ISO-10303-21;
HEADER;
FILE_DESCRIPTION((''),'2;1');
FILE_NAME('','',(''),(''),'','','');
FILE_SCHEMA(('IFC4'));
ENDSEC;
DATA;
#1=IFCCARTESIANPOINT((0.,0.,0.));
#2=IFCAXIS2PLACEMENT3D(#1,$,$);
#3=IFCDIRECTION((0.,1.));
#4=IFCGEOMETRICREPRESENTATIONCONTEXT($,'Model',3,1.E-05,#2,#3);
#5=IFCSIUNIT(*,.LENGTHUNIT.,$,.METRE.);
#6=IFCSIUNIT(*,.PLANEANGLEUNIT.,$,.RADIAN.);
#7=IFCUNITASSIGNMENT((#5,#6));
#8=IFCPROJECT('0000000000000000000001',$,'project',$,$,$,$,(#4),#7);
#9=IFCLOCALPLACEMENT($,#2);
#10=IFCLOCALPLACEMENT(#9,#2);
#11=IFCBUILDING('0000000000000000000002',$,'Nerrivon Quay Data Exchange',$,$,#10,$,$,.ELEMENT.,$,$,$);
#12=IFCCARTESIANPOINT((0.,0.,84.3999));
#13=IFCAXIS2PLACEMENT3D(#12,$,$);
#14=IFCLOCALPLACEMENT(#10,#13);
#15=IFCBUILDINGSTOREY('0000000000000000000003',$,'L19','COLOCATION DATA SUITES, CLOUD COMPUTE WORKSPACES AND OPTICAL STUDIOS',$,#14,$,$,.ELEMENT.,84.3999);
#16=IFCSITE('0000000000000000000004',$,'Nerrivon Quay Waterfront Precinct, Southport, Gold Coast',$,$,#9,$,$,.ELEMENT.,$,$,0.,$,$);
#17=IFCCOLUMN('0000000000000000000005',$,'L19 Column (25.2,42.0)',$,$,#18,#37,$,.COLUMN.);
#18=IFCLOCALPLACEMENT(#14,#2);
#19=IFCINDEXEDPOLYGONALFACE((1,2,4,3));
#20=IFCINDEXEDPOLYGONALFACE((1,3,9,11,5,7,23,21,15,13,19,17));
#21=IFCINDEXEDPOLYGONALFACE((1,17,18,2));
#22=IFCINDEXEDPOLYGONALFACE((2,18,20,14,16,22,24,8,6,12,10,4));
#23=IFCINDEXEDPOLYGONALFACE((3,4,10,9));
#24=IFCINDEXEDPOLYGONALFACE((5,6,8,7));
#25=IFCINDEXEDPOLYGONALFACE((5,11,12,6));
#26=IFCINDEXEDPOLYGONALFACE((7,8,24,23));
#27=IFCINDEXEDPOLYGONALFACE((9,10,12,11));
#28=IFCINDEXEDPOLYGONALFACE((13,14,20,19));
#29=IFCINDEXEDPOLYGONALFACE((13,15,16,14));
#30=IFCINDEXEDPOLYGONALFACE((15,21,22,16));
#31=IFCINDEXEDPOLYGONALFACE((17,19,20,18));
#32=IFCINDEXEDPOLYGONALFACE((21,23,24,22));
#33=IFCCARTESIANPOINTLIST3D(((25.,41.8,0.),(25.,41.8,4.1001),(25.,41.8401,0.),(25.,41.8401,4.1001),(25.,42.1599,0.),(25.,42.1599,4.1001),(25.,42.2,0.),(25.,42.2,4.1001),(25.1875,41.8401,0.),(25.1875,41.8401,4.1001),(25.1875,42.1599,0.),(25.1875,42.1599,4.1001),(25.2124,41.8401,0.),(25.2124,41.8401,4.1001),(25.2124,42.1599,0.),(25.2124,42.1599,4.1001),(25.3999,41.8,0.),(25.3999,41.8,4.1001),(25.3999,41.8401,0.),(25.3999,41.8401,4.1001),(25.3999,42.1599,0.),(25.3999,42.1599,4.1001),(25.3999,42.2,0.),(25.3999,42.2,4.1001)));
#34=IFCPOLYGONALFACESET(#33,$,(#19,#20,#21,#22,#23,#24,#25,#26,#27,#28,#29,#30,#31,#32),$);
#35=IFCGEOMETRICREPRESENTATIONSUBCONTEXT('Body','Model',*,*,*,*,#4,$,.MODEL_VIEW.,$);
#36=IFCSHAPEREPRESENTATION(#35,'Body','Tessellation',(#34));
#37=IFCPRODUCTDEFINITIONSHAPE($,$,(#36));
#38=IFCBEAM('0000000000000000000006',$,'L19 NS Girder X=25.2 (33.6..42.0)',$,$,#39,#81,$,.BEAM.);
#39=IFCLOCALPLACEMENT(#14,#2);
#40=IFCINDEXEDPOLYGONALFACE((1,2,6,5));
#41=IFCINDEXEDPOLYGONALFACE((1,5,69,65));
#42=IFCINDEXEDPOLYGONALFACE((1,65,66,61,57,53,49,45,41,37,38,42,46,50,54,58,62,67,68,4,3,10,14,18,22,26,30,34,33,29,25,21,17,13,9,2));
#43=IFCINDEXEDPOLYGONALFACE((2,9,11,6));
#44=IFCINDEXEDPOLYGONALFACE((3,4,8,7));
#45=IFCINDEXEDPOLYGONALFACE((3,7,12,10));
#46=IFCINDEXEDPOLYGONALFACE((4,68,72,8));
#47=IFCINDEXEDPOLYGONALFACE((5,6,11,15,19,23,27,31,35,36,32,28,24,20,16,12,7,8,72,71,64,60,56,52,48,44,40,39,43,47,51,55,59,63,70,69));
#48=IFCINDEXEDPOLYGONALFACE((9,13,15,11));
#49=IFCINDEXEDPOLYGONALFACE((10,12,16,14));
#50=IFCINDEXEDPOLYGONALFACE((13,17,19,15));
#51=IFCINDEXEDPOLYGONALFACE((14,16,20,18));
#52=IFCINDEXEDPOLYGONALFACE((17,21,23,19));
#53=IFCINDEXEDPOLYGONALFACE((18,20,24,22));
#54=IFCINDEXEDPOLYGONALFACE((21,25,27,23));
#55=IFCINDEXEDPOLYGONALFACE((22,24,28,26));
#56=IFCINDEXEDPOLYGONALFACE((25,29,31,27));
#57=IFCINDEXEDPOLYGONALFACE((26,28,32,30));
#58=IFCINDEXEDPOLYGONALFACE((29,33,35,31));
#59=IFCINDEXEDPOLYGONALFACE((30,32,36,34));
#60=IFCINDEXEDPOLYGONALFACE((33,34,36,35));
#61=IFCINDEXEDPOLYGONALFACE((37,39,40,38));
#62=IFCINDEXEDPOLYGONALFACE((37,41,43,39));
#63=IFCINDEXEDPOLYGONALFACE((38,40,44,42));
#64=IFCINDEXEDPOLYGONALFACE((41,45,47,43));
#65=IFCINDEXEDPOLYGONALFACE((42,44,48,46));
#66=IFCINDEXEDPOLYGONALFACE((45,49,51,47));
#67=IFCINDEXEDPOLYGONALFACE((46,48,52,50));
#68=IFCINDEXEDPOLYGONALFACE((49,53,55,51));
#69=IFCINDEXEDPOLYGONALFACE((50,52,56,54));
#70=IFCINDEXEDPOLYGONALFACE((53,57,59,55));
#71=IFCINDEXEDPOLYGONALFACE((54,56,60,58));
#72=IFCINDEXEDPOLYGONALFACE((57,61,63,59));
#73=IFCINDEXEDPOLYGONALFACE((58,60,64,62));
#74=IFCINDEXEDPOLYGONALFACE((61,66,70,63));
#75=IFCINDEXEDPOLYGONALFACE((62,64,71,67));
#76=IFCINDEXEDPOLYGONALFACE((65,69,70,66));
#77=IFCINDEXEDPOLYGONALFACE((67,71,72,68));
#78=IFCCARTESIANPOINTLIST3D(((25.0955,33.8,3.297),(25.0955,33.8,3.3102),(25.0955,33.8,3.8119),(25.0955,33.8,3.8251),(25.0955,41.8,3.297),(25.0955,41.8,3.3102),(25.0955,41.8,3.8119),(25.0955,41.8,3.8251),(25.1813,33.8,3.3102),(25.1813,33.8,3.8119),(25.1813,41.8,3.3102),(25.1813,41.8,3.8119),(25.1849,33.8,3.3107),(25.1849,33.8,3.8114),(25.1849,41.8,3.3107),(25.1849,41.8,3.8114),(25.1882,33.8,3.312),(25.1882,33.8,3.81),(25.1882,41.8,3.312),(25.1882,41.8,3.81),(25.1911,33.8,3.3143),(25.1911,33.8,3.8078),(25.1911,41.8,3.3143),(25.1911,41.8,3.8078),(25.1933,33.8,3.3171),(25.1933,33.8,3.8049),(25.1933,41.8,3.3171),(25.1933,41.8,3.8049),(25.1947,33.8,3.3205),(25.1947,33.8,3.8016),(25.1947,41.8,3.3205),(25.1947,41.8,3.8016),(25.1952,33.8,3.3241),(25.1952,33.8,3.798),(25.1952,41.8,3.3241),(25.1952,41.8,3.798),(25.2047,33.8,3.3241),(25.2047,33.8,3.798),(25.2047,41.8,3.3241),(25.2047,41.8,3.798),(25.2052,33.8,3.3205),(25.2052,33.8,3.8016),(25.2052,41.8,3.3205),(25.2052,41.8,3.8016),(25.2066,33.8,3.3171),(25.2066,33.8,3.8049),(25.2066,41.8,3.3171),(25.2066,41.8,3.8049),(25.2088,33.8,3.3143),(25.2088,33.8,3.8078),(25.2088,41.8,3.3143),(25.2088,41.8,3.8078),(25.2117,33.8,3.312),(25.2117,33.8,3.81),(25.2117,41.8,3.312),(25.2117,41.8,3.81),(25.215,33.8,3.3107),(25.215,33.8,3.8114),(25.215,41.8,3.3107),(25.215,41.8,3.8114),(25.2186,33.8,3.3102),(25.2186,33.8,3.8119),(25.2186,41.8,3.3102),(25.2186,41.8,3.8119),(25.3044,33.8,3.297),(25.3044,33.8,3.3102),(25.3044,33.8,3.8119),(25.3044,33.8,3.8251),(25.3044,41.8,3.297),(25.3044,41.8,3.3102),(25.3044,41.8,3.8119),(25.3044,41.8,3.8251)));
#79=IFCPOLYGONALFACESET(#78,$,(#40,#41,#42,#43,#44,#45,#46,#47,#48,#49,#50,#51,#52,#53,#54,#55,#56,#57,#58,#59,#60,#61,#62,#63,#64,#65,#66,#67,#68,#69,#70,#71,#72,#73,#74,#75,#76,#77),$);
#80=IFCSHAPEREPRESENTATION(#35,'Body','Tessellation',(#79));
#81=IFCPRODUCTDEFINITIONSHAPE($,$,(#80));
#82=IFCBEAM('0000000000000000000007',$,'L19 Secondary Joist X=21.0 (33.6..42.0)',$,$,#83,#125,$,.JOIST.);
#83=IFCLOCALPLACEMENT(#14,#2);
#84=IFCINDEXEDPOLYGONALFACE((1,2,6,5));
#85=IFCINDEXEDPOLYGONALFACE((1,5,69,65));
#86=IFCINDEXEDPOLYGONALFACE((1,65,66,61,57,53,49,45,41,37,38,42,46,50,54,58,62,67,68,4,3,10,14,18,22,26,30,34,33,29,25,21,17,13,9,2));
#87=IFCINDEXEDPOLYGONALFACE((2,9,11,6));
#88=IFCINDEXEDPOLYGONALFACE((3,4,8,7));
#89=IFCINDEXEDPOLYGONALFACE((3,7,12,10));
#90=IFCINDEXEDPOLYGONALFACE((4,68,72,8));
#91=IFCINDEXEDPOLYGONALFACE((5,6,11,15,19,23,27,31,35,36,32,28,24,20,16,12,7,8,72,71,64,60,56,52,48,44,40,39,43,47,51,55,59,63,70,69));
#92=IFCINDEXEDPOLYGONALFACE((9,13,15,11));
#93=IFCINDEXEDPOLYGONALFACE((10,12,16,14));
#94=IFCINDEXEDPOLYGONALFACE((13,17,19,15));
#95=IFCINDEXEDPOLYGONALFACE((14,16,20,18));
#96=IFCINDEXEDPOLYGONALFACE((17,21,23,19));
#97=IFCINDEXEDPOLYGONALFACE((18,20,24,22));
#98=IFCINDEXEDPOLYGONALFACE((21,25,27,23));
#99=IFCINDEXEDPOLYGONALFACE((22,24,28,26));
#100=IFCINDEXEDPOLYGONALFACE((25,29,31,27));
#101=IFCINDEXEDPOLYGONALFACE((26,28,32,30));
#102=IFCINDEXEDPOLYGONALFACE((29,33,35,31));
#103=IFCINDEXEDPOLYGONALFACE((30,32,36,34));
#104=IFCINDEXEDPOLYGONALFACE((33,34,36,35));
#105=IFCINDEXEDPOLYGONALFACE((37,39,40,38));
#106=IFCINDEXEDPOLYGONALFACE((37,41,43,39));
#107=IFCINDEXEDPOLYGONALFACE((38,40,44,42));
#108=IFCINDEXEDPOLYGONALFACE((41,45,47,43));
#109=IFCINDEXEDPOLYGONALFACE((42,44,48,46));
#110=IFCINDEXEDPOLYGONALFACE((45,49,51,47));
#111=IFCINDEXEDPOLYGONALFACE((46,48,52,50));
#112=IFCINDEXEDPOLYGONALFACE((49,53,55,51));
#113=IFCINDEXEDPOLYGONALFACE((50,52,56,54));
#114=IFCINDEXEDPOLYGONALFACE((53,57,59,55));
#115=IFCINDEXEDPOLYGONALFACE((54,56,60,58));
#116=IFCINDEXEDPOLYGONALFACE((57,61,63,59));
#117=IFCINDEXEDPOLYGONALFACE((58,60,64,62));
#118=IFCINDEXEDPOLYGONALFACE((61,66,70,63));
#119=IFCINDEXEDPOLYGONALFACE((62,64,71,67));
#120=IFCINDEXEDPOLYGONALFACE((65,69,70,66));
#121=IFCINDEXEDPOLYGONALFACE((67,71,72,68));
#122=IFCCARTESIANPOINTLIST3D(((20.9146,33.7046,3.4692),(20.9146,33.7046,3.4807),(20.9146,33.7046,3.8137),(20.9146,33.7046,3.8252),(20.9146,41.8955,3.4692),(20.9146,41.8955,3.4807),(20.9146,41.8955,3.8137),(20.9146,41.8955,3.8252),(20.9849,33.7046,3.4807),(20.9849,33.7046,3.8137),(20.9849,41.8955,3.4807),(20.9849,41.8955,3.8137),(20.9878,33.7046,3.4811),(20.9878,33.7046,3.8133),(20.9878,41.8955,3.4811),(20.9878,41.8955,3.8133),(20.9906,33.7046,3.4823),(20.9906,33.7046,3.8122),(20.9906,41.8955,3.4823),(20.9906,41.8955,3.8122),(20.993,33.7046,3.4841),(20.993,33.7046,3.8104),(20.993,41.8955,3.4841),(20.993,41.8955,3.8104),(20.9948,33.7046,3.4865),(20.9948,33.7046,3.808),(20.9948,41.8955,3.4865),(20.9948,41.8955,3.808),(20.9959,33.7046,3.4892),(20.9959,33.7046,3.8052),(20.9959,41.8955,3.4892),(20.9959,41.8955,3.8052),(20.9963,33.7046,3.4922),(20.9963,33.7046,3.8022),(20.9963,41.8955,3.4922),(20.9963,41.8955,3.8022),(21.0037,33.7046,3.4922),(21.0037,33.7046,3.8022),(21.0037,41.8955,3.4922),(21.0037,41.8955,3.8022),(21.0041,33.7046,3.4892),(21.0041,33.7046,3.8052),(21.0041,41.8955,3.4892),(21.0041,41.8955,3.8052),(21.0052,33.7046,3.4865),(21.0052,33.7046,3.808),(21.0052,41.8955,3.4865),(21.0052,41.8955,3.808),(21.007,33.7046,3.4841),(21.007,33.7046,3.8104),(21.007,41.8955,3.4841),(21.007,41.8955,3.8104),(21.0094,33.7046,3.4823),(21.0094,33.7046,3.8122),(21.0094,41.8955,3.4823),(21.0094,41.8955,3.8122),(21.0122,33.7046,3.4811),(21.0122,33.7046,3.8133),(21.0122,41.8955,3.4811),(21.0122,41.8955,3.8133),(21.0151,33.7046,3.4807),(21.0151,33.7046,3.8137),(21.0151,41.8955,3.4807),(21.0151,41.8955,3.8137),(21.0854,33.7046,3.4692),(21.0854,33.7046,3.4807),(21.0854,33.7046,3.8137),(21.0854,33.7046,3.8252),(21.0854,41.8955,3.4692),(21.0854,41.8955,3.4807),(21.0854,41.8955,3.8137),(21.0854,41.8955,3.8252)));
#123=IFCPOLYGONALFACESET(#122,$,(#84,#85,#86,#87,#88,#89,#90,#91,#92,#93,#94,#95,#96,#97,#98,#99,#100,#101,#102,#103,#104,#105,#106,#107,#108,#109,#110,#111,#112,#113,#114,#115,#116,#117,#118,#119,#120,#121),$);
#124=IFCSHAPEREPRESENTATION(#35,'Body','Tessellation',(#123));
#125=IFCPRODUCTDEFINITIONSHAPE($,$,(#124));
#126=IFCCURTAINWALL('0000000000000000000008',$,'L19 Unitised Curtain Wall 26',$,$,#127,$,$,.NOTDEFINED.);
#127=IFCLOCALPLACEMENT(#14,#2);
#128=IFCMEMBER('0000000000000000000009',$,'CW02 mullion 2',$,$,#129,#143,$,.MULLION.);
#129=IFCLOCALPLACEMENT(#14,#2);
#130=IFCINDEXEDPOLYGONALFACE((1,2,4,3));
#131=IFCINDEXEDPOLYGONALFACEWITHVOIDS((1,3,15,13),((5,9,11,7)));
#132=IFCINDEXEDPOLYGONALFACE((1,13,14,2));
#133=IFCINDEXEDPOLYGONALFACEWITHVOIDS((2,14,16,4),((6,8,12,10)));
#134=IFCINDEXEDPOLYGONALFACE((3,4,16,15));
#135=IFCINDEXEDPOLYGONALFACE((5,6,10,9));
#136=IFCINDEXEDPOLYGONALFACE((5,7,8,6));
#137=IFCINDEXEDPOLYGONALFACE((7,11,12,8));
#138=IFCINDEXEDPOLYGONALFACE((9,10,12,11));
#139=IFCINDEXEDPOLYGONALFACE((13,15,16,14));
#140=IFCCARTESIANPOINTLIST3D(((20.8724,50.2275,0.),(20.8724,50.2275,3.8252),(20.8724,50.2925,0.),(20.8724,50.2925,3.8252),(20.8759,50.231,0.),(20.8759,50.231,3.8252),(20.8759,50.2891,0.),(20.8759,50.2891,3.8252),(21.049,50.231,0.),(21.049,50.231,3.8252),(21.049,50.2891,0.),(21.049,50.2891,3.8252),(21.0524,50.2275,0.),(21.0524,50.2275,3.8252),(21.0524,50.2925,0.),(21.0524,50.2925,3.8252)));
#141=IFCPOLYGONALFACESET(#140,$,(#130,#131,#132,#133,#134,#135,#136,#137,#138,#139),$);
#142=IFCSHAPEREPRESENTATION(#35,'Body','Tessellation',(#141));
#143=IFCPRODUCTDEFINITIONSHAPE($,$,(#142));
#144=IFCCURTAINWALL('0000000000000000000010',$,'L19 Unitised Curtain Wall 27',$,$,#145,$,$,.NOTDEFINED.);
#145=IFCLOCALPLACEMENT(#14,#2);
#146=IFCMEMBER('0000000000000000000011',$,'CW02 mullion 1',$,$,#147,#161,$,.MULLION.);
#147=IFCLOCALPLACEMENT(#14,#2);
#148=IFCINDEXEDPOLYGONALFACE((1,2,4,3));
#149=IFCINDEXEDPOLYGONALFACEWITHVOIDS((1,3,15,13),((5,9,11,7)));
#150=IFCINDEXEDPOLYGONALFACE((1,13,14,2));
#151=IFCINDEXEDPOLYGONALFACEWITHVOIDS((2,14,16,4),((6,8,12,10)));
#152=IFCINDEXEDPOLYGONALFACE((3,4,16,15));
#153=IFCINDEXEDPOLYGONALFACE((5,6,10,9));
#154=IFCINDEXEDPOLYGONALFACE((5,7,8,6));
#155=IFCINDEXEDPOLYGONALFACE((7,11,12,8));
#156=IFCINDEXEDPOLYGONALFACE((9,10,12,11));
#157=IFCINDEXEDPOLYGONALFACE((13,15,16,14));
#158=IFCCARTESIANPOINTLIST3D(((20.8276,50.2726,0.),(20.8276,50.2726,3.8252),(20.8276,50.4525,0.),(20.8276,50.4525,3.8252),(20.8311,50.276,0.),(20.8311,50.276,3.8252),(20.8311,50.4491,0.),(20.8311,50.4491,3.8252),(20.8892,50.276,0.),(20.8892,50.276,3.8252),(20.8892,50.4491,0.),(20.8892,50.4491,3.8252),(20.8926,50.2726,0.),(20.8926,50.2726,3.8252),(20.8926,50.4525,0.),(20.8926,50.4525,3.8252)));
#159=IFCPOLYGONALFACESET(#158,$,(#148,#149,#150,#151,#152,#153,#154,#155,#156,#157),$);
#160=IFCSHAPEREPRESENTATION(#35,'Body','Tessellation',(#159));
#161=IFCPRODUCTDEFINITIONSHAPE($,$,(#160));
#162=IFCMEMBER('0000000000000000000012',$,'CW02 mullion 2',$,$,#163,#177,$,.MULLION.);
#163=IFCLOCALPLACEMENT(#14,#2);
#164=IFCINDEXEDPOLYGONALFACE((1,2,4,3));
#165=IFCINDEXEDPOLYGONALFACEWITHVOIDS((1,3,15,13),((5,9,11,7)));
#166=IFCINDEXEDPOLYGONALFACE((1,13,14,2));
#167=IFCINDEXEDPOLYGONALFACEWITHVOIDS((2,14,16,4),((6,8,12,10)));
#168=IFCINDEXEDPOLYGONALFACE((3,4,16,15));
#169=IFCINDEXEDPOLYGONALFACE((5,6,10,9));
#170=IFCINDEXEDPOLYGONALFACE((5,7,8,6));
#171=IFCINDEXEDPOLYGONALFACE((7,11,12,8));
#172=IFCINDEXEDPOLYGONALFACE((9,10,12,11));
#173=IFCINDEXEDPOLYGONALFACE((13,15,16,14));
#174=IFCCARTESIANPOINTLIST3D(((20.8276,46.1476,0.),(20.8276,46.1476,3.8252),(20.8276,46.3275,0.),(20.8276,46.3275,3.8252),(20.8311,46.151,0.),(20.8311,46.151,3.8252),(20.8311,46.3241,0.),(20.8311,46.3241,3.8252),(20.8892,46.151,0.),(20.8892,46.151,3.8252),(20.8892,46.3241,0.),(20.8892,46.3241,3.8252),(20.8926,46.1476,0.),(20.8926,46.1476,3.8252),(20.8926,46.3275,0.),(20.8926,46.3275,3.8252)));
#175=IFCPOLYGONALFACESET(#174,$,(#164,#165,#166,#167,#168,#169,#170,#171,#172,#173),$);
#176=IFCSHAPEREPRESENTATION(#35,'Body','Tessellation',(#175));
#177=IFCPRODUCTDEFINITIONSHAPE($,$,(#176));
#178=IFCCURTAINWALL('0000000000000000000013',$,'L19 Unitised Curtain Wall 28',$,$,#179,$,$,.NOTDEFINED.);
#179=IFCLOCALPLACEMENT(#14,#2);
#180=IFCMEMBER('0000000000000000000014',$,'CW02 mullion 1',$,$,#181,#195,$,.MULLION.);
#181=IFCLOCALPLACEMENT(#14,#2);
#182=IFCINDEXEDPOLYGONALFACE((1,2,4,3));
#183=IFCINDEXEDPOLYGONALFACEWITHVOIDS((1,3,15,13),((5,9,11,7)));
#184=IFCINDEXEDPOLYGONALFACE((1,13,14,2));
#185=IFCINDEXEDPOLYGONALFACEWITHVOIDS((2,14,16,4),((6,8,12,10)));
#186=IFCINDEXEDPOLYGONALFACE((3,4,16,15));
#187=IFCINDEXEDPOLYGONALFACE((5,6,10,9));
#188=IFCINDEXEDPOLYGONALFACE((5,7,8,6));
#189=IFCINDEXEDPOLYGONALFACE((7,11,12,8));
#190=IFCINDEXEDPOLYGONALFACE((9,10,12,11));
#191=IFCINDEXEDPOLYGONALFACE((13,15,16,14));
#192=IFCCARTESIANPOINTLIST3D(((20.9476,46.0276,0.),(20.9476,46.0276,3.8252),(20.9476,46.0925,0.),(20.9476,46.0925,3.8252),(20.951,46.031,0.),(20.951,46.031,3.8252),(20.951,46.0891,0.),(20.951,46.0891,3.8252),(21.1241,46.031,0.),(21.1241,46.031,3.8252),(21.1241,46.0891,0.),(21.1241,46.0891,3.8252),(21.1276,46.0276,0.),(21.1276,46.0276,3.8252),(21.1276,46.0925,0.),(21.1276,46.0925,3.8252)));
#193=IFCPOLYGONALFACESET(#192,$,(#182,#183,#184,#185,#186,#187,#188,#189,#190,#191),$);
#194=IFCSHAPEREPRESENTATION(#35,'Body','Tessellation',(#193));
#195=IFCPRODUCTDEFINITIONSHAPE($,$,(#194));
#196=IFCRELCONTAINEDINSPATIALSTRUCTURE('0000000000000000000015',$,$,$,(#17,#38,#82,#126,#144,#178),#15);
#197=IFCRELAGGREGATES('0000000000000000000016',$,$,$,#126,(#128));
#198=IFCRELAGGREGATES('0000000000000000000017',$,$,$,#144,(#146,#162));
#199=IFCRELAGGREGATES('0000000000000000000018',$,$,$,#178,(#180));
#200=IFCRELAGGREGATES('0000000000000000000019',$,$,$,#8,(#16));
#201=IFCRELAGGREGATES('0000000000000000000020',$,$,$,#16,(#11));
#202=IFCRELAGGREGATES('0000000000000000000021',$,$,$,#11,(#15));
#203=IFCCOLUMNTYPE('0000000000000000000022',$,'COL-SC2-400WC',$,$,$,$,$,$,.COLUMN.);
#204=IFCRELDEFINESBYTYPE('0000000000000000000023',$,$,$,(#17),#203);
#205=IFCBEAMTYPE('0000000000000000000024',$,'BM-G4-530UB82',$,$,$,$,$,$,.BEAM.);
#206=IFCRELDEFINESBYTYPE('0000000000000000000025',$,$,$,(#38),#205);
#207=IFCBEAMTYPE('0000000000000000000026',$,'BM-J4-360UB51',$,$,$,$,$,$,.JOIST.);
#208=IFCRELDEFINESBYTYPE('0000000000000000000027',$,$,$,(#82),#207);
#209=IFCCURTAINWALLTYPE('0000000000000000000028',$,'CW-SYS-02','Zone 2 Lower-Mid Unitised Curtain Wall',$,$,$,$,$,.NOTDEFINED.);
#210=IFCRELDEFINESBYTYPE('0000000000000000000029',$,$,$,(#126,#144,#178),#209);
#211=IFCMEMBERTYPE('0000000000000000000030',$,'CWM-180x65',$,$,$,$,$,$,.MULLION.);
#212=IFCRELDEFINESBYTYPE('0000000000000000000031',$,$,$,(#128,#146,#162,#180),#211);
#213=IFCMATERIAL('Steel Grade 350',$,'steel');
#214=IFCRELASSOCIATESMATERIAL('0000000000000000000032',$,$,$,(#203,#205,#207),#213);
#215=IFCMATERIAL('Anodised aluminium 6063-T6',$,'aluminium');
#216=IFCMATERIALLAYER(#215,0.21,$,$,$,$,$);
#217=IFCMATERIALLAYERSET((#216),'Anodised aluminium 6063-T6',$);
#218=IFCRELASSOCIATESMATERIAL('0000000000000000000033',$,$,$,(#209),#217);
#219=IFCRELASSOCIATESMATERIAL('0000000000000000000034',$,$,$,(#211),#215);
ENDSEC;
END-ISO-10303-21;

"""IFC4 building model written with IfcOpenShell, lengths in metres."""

from ifc_helpers import new_model, si_unit, direction, frame, origin, origin_2d, place, context, subcontext, project, spatial, hollow_rectangle, i_section, extrude, material, layer, layer_set, material_profile, profile_set, type_object, element, aggregate, save


model = new_model("IFC4")

# Units and contexts
model_context = context("Model", 3, precision=1e-05, world=origin(), true_north=direction((0.0, 1.0)))
body_context = subcontext(model_context, "Body", "Model", "MODEL_VIEW")
ifc_project = project(units=[si_unit("LENGTHUNIT", "METRE"), si_unit("PLANEANGLEUNIT", "RADIAN")], contexts=[model_context])

# Site, building, storey
site_placement = place(None, origin())
site = spatial("IfcSite", under=ifc_project, at=site_placement, Name="Nerrivon Quay Waterfront Precinct, Southport, Gold Coast", CompositionType="ELEMENT", RefElevation=0.0)
building_placement = place(site_placement, origin())
building = spatial("IfcBuilding", under=site, at=building_placement, Name="Nerrivon Quay Data Exchange", CompositionType="ELEMENT")
storey_placement = place(building_placement, frame((0.0, 0.0, 84.3999)))
storey = spatial("IfcBuildingStorey", under=building, at=storey_placement, Name="L19", Description="COLOCATION DATA SUITES, CLOUD COMPUTE WORKSPACES AND OPTICAL STUDIOS", CompositionType="ELEMENT", Elevation=84.3999)

# Column
ifc_material_1 = material(Name="Steel Grade 350", Category="steel")
ifc_material_profile_1 = material_profile(ifc_material_1, i_section(OverallWidth=0.3999, OverallDepth=0.3999, WebThickness=0.0249, FlangeThickness=0.04, at=origin_2d()), Name="400WC328")
ifc_profile_set_1 = profile_set([ifc_material_profile_1], Name="Steel Grade 350")
column_type = type_object("IfcColumnType", Name="COL-SC2-400WC", PredefinedType="COLUMN", material=ifc_profile_set_1)
column_placement = place(storey_placement, frame((25.2, 42.0, 0.0), z_axis=(0.0, 0.0, 1.0), x_axis=(1.0, 0.0, 0.0)))
element("IfcColumn", 1, at=column_placement, inside=storey, type_object=column_type, Name="L19 Column (25.2,42.0)", PredefinedType="COLUMN", context=body_context, shape_type="SweptSolid", body=[
    extrude(i_section(OverallWidth=0.3999, OverallDepth=0.3999, WebThickness=0.0249, FlangeThickness=0.04, at=origin_2d()), origin(), (0.0, 0.0, 1.0), 4.1001),
])

# Beams
ifc_material_profile_2 = material_profile(ifc_material_1, i_section(OverallWidth=0.209, OverallDepth=0.5281, WebThickness=0.0095, FlangeThickness=0.0132, FilletRadius=0.0139, at=origin_2d()), Name="530UB82.0")
ifc_profile_set_2 = profile_set([ifc_material_profile_2], Name="Steel Grade 350")
beam_type_1 = type_object("IfcBeamType", Name="BM-G4-530UB82", PredefinedType="BEAM", material=ifc_profile_set_2)
beam_1_placement = place(storey_placement, frame((25.2, 33.8, 3.561), z_axis=(0.0, 1.0, 0.0), x_axis=(-1.0, 0.0, 0.0)))
element("IfcBeam", 2, at=beam_1_placement, inside=storey, type_object=beam_type_1, Name="L19 NS Girder X=25.2 (33.6..42.0)", PredefinedType="BEAM", context=body_context, shape_type="SweptSolid", body=[
    extrude(i_section(OverallWidth=0.209, OverallDepth=0.5281, WebThickness=0.0095, FlangeThickness=0.0132, FilletRadius=0.0139, at=origin_2d()), origin(), (0.0, 0.0, 1.0), 8.0),
])
ifc_material_profile_3 = material_profile(ifc_material_1, i_section(OverallWidth=0.1709, OverallDepth=0.356, WebThickness=0.0073, FlangeThickness=0.0115, FilletRadius=0.0115, at=origin_2d()), Name="360UB50.7")
ifc_profile_set_3 = profile_set([ifc_material_profile_3], Name="Steel Grade 350")
beam_type_2 = type_object("IfcBeamType", Name="BM-J4-360UB51", PredefinedType="JOIST", material=ifc_profile_set_3)
beam_2_placement = place(storey_placement, frame((21.0, 33.7046, 3.6472), z_axis=(0.0, 1.0, 0.0), x_axis=(-1.0, 0.0, 0.0)))
element("IfcBeam", 3, at=beam_2_placement, inside=storey, type_object=beam_type_2, Name="L19 Secondary Joist X=21.0 (33.6..42.0)", PredefinedType="JOIST", context=body_context, shape_type="SweptSolid", body=[
    extrude(i_section(OverallWidth=0.1709, OverallDepth=0.356, WebThickness=0.0073, FlangeThickness=0.0115, FilletRadius=0.0115, at=origin_2d()), origin(), (0.0, 0.0, 1.0), 8.1909),
])

# Curtain wall, member
ifc_material_2 = material(Name="Anodised aluminium 6063-T6", Category="aluminium")
ifc_layer_1 = layer(ifc_material_2, 0.21)
ifc_layer_set_1 = layer_set([ifc_layer_1], Name="Anodised aluminium 6063-T6")
curtain_wall_type = type_object("IfcCurtainWallType", Name="CW-SYS-02", Description="Zone 2 Lower-Mid Unitised Curtain Wall", PredefinedType="NOTDEFINED", material=ifc_layer_set_1)
curtain_wall_1_placement = place(storey_placement, origin())
curtain_wall_1 = element("IfcCurtainWall", 4, at=curtain_wall_1_placement, inside=storey, type_object=curtain_wall_type, Name="L19 Unitised Curtain Wall 26", PredefinedType="NOTDEFINED")
ifc_material_profile_4 = material_profile(ifc_material_2, hollow_rectangle(XDim=0.0649, YDim=0.1799, WallThickness=0.0034, at=origin_2d()), Name="ALU-MULL-180x65")
ifc_profile_set_4 = profile_set([ifc_material_profile_4], Name="Anodised aluminium 6063-T6")
member_type_1 = type_object("IfcMemberType", Name="CWM-180x65", PredefinedType="MULLION", material=ifc_profile_set_4)
member_1_placement = place(storey_placement, frame((20.9624, 50.26, 0.0), z_axis=(0.0, 0.0, 1.0), x_axis=(0.0, 1.0, 0.0)))
member_1 = element("IfcMember", 5, at=member_1_placement, type_object=member_type_1, Name="CW02 mullion 2", PredefinedType="MULLION", context=body_context, shape_type="SweptSolid", body=[
    extrude(hollow_rectangle(XDim=0.0649, YDim=0.1799, WallThickness=0.0034, at=origin_2d()), origin(), (0.0, 0.0, 1.0), 3.8252),
])
aggregate(curtain_wall_1, [member_1])

# Curtain walls, members
curtain_wall_2_placement = place(storey_placement, origin())
curtain_wall_2 = element("IfcCurtainWall", 6, at=curtain_wall_2_placement, inside=storey, type_object=curtain_wall_type, Name="L19 Unitised Curtain Wall 27", PredefinedType="NOTDEFINED")
member_2_placement = place(storey_placement, frame((20.8601, 50.3625, 0.0), z_axis=(0.0, 0.0, 1.0), x_axis=(1.0, 0.0, 0.0)))
member_2 = element("IfcMember", 7, at=member_2_placement, type_object=member_type_1, Name="CW02 mullion 1", PredefinedType="MULLION", context=body_context, shape_type="SweptSolid", body=[
    extrude(hollow_rectangle(XDim=0.0649, YDim=0.1799, WallThickness=0.0034, at=origin_2d()), origin(), (0.0, 0.0, 1.0), 3.8252),
])
member_3_placement = place(storey_placement, frame((20.8601, 46.2375, 0.0), z_axis=(0.0, 0.0, 1.0), x_axis=(1.0, 0.0, 0.0)))
member_3 = element("IfcMember", 8, at=member_3_placement, type_object=member_type_1, Name="CW02 mullion 2", PredefinedType="MULLION", context=body_context, shape_type="SweptSolid", body=[
    extrude(hollow_rectangle(XDim=0.0649, YDim=0.1799, WallThickness=0.0034, at=origin_2d()), origin(), (0.0, 0.0, 1.0), 3.8252),
])
curtain_wall_3_placement = place(storey_placement, origin())
curtain_wall_3 = element("IfcCurtainWall", 9, at=curtain_wall_3_placement, inside=storey, type_object=curtain_wall_type, Name="L19 Unitised Curtain Wall 28", PredefinedType="NOTDEFINED")
member_4_placement = place(storey_placement, frame((21.0376, 46.0601, 0.0), z_axis=(0.0, 0.0, 1.0), x_axis=(0.0, 1.0, 0.0)))
member_4 = element("IfcMember", 10, at=member_4_placement, type_object=member_type_1, Name="CW02 mullion 1", PredefinedType="MULLION", context=body_context, shape_type="SweptSolid", body=[
    extrude(hollow_rectangle(XDim=0.0649, YDim=0.1799, WallThickness=0.0034, at=origin_2d()), origin(), (0.0, 0.0, 1.0), 3.8252),
])

aggregate(curtain_wall_2, [member_2, member_3])
aggregate(curtain_wall_3, [member_4])

save(model, "model.ifc")
